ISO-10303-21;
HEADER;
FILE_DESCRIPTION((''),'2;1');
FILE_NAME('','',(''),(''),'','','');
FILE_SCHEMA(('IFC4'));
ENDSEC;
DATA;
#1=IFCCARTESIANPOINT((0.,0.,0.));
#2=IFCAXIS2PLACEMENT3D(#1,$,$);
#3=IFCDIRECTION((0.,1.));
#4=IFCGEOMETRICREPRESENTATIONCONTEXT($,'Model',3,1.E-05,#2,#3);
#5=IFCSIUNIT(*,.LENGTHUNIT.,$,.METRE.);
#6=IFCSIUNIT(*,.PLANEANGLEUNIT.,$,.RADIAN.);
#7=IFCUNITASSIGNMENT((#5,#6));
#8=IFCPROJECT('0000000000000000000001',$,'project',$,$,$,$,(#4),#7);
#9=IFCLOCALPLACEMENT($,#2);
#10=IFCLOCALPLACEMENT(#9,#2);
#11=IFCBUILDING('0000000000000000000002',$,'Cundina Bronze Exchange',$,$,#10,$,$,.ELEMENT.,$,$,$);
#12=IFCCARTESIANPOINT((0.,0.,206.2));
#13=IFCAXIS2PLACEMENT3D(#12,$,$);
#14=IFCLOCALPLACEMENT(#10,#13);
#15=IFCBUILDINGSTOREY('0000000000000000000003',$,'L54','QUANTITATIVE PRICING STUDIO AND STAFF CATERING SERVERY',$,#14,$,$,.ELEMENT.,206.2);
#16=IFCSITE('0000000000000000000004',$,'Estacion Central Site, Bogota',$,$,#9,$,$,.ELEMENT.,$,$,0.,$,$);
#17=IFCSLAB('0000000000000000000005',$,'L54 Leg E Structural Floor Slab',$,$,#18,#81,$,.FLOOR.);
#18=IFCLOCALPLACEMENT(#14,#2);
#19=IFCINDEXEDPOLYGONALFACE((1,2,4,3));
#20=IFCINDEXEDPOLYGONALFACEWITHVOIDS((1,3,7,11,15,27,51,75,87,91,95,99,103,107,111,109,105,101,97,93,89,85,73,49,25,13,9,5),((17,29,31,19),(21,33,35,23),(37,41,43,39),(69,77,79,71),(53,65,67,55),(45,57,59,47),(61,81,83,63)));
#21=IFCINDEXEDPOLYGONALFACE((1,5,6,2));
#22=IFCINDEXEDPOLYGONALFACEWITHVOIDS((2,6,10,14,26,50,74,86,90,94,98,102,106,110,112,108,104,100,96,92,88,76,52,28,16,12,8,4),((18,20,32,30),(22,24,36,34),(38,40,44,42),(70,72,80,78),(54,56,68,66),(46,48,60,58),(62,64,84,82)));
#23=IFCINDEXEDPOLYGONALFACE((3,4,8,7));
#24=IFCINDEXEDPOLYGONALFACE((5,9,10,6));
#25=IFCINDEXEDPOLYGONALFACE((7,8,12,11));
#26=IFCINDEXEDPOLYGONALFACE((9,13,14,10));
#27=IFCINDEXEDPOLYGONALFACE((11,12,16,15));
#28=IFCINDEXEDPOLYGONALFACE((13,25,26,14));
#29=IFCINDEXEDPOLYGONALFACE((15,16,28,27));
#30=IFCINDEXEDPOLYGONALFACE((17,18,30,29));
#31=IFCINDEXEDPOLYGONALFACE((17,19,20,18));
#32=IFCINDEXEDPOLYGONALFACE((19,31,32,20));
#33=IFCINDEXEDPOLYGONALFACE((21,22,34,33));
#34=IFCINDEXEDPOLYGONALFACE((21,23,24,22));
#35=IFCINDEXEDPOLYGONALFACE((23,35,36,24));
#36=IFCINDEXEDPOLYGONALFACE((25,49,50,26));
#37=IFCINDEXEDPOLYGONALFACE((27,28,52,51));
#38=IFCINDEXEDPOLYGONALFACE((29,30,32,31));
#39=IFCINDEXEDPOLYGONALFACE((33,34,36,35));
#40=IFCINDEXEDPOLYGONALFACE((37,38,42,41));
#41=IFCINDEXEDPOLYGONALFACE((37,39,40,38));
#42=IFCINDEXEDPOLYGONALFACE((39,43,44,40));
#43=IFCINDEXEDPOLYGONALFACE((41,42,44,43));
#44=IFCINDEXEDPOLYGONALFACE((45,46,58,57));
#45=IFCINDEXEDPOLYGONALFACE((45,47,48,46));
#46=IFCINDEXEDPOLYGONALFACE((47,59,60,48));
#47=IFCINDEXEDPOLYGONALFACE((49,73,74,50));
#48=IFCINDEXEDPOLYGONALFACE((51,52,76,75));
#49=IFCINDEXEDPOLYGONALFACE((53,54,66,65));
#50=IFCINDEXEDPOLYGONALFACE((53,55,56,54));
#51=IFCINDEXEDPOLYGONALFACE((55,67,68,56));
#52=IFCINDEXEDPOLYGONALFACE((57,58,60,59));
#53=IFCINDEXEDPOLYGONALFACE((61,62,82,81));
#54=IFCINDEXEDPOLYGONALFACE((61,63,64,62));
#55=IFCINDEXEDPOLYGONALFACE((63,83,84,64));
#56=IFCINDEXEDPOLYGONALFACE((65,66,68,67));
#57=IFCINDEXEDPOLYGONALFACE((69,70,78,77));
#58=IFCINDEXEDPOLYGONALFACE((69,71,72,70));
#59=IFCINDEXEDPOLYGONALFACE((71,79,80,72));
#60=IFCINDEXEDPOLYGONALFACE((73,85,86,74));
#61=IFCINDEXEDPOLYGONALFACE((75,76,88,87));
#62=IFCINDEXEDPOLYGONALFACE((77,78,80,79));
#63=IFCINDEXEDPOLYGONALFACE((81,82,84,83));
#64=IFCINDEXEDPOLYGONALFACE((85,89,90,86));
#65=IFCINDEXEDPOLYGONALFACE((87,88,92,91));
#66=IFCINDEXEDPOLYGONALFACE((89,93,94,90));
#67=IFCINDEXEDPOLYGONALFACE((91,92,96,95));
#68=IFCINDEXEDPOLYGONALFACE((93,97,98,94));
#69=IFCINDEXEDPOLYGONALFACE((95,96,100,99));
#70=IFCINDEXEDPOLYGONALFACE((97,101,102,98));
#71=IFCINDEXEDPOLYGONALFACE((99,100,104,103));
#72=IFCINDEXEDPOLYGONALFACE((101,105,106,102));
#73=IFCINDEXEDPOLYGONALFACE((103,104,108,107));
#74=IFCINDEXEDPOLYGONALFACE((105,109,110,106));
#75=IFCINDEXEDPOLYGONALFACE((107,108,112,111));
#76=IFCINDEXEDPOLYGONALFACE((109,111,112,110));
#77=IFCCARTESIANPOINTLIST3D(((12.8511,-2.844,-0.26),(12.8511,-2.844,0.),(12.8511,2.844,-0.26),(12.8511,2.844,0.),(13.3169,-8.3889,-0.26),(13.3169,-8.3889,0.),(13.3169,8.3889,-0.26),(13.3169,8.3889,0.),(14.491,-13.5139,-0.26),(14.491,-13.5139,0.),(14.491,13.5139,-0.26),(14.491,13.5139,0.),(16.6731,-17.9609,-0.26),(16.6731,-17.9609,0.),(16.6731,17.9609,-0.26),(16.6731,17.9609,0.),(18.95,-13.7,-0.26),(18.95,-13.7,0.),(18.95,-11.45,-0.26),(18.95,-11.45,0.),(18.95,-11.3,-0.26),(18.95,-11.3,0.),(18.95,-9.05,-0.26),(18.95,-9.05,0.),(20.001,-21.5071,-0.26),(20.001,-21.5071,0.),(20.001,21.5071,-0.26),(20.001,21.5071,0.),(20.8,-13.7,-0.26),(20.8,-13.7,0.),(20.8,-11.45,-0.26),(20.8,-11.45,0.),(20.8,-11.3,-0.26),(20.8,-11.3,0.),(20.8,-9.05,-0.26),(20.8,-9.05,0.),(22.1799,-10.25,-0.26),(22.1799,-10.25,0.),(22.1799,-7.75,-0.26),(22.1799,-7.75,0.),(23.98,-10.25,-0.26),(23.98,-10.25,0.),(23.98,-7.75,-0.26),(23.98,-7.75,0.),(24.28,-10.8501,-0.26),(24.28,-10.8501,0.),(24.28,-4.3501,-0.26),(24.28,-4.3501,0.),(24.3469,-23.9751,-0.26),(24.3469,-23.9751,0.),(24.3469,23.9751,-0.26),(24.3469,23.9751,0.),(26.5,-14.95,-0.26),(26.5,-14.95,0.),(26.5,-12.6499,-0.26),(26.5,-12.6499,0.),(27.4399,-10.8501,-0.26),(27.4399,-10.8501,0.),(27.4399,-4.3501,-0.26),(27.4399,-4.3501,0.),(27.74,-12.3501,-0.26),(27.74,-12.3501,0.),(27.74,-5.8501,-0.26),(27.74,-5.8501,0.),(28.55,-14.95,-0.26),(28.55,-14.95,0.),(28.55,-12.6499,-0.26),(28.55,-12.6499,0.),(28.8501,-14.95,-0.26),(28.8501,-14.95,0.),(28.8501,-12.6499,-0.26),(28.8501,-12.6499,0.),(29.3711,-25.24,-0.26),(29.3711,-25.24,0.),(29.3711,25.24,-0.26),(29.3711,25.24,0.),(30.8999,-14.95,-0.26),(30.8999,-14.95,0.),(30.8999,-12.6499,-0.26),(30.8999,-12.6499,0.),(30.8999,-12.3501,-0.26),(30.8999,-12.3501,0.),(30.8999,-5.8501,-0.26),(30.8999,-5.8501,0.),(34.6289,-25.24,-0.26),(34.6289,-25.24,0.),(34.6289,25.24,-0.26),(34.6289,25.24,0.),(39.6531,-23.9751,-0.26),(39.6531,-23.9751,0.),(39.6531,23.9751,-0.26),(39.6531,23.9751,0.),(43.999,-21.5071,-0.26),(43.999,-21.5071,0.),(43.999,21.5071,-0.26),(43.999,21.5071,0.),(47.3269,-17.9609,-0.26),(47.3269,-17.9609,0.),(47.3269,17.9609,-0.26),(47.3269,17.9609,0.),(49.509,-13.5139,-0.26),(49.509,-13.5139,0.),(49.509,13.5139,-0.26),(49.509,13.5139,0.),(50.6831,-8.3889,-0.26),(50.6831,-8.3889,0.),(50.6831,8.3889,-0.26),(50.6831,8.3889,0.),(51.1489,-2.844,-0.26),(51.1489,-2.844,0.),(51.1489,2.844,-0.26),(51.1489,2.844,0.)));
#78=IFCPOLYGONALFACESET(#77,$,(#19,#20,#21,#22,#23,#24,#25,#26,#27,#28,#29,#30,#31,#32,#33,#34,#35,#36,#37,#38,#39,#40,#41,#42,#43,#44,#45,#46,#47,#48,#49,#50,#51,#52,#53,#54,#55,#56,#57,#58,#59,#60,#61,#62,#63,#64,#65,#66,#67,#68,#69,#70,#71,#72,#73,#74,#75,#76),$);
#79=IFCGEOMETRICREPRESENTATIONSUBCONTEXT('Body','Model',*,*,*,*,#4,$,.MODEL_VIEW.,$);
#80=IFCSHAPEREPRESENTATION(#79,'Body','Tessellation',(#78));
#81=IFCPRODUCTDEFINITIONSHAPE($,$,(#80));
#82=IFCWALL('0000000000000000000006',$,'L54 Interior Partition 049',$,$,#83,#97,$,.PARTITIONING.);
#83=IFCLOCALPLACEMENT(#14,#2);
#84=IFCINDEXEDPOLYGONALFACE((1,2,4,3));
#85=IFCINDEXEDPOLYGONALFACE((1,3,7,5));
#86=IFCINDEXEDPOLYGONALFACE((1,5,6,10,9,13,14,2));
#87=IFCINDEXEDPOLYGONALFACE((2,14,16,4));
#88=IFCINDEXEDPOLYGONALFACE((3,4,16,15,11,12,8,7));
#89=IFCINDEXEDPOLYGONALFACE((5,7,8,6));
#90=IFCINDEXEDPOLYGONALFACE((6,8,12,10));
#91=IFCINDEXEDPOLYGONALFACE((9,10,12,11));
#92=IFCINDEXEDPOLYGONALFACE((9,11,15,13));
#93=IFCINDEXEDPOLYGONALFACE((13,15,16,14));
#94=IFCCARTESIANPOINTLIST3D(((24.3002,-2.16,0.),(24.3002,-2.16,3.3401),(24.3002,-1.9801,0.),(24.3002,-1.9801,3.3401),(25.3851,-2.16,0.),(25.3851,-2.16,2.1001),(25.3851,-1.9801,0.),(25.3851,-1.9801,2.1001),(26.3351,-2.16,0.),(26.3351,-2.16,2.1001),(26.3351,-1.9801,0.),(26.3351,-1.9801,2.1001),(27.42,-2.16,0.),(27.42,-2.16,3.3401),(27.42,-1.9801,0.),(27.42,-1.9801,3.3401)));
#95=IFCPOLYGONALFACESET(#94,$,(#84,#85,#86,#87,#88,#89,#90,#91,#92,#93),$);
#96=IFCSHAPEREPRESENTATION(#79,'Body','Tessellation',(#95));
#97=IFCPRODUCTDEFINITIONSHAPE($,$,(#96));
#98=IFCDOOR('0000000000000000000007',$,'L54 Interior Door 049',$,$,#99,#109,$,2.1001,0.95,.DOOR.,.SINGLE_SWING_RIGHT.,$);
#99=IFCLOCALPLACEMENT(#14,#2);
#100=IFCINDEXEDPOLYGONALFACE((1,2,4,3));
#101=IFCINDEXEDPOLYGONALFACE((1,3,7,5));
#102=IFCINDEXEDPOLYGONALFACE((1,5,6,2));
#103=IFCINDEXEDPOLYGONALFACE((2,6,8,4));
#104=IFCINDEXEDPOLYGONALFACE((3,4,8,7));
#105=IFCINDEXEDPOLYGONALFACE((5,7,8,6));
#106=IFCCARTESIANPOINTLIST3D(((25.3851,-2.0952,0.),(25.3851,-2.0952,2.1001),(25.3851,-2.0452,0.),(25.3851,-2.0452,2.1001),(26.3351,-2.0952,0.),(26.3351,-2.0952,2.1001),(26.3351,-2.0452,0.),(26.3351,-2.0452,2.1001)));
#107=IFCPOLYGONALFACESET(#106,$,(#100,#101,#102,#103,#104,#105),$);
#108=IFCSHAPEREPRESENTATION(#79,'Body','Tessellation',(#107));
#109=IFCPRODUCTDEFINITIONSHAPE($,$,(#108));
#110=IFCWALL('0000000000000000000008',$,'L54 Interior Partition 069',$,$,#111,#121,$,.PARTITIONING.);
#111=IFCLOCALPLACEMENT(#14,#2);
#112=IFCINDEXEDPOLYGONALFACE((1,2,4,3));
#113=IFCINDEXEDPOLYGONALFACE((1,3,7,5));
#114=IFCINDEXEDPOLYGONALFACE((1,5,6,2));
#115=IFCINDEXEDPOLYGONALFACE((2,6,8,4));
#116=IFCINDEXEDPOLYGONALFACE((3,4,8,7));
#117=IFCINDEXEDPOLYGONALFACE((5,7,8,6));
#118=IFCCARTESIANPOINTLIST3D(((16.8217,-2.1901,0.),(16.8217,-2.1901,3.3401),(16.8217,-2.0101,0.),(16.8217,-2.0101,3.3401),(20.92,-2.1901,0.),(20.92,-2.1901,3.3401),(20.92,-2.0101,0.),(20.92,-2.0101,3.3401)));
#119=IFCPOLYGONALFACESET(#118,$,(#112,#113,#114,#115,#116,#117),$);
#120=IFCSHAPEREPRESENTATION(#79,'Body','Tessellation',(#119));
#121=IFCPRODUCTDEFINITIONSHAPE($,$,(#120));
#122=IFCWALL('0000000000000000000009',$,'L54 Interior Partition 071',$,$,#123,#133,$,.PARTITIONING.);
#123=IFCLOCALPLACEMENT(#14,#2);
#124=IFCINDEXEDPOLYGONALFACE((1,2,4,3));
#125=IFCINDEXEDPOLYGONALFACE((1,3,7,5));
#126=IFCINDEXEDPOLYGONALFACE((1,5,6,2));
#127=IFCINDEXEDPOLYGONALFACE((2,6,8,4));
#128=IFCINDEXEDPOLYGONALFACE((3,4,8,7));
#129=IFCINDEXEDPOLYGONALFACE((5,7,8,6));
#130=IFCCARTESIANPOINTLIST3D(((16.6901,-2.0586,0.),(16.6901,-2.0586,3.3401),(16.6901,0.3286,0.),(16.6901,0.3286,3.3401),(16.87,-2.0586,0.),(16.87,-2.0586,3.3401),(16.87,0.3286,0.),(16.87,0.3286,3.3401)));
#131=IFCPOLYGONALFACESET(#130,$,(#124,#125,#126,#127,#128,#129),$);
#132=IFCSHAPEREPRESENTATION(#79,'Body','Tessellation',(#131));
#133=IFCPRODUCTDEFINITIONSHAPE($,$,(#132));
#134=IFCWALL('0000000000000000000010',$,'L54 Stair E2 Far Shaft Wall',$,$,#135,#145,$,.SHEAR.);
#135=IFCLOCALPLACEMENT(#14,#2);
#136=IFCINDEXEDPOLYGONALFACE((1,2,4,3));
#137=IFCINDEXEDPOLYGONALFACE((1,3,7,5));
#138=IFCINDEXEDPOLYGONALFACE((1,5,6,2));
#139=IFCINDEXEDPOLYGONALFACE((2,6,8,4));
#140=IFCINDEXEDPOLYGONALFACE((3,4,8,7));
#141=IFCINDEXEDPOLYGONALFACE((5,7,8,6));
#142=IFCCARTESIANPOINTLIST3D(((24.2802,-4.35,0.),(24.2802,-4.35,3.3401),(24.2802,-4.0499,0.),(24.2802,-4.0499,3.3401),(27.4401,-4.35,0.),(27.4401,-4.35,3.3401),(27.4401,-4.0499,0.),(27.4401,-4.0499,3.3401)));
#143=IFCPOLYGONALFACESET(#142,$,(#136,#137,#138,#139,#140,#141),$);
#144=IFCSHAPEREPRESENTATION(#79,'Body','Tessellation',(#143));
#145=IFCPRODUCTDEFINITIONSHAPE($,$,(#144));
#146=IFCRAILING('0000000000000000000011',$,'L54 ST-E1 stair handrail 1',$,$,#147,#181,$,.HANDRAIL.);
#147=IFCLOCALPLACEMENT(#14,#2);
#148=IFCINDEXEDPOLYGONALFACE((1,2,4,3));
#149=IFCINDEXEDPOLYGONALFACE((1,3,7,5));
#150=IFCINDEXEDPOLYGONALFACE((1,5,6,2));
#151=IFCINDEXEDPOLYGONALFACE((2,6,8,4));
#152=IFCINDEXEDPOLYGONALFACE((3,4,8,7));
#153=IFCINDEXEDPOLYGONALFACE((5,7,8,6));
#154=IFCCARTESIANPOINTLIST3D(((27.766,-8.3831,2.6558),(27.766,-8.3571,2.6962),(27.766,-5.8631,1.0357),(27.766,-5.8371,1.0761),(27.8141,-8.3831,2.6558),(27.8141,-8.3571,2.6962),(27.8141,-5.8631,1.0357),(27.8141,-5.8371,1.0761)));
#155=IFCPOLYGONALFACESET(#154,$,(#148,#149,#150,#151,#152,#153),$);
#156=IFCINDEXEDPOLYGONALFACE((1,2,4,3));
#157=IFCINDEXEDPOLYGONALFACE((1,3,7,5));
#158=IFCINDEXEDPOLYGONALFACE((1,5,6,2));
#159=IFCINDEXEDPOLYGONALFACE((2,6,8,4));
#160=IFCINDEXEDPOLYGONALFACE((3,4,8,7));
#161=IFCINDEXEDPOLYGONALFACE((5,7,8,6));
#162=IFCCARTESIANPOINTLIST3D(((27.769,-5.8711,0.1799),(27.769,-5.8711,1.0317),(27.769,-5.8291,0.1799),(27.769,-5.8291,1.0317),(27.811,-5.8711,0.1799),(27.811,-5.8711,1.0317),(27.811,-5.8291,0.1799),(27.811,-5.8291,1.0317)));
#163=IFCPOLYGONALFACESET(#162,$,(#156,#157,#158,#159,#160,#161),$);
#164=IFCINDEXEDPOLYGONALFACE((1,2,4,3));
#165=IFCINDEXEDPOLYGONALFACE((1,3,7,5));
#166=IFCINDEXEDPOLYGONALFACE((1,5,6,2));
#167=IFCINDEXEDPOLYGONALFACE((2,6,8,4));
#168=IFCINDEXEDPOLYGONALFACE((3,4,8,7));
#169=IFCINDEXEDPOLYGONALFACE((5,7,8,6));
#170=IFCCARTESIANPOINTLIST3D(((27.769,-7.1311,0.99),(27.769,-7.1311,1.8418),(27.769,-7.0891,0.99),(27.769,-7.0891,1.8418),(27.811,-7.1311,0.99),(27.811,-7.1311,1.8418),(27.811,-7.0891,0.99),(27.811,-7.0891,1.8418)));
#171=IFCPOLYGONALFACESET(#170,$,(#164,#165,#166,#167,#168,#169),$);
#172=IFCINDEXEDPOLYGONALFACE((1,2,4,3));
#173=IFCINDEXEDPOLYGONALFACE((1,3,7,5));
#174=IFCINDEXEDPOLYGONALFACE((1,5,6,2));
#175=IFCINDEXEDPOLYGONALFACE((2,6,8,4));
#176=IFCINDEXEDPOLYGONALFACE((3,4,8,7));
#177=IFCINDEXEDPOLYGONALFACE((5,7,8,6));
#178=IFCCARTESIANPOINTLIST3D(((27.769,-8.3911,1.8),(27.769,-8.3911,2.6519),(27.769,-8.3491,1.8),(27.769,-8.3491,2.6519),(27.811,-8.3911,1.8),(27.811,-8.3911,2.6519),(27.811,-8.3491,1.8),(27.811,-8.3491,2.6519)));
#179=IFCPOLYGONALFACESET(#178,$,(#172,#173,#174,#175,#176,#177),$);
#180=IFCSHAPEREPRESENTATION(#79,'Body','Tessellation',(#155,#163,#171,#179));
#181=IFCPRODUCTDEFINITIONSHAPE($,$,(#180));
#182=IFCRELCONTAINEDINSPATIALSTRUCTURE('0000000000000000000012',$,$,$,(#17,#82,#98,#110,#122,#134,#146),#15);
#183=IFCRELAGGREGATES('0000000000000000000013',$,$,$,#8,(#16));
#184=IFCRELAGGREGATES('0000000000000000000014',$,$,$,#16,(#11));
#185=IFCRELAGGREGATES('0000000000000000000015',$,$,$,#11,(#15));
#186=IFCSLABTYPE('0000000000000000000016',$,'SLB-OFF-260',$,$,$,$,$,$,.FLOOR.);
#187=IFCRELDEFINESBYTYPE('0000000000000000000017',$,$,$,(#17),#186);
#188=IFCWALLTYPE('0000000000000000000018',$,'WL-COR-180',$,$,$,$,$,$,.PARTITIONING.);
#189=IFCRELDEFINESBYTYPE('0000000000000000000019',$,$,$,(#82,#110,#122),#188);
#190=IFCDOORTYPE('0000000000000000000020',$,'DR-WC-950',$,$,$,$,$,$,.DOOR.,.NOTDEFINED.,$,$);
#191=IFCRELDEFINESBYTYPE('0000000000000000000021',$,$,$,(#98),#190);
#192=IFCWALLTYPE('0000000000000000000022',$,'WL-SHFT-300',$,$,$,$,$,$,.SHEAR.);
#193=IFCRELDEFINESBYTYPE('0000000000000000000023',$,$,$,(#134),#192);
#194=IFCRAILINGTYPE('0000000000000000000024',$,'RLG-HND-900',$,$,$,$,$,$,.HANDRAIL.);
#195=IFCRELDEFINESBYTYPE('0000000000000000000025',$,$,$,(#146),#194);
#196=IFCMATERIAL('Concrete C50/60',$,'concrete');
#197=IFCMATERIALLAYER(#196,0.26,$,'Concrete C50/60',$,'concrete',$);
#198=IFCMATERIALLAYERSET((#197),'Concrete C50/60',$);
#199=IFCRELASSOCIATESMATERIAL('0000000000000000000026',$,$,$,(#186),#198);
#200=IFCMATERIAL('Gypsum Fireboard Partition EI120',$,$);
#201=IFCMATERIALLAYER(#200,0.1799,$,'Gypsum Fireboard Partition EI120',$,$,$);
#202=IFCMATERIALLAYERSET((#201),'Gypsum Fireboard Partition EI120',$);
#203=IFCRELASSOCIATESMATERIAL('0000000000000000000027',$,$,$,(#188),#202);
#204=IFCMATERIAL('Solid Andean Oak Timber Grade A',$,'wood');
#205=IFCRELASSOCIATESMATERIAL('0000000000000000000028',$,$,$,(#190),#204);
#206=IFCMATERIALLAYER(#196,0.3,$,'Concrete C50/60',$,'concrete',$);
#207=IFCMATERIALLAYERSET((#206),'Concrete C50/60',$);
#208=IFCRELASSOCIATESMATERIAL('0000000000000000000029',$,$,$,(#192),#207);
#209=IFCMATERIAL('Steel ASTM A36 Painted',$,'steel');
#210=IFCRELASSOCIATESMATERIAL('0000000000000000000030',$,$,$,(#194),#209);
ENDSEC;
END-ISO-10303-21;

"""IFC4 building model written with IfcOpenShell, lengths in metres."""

from ifc_helpers import new_model, si_unit, direction, frame, frame_2d, origin, origin_2d, place, context, subcontext, project, spatial, polyline, rectangle, outline, extrude, material, layer, layer_set, type_object, element, fill, save


model = new_model("IFC4")

# Units and contexts
model_context = context("Model", 3, precision=1e-05, world=origin(), true_north=direction((0.0, 1.0)))
body_context = subcontext(model_context, "Body", "Model", "MODEL_VIEW")
ifc_project = project(units=[si_unit("LENGTHUNIT", "METRE"), si_unit("PLANEANGLEUNIT", "RADIAN")], contexts=[model_context])

# Site, building, storey
site_placement = place(None, origin())
site = spatial("IfcSite", under=ifc_project, at=site_placement, Name="Estacion Central Site, Bogota", CompositionType="ELEMENT", RefElevation=0.0)
building_placement = place(site_placement, origin())
building = spatial("IfcBuilding", under=site, at=building_placement, Name="Cundina Bronze Exchange", CompositionType="ELEMENT")
storey_placement = place(building_placement, frame((0.0, 0.0, 206.2)))
storey = spatial("IfcBuildingStorey", under=building, at=storey_placement, Name="L54", Description="QUANTITATIVE PRICING STUDIO AND STAFF CATERING SERVERY", CompositionType="ELEMENT", Elevation=206.2)

# Shared definitions
ifc_material_1 = material(Name="Concrete C50/60", Category="concrete")

# Slab
ifc_layer_1 = layer(ifc_material_1, 0.26, Name="Concrete C50/60", Category="concrete")
ifc_layer_set_1 = layer_set([ifc_layer_1], Name="Concrete C50/60")
slab_type_1 = type_object("IfcSlabType", Name="SLB-OFF-260", PredefinedType="FLOOR", material=ifc_layer_set_1)
slab_1_placement = place(storey_placement, frame((0.0, 0.0, -0.26)))
element("IfcSlab", 1, at=slab_1_placement, inside=storey, type_object=slab_type_1, Name="L54 Leg E Structural Floor Slab", PredefinedType="FLOOR", context=body_context, shape_type="SweptSolid", body=[
    extrude(outline(polyline([(51.1489, 2.844), (50.6831, 8.3889), (49.509, 13.5139), (47.3269, 17.9609), (43.999, 21.5071), (39.6531, 23.9751), (34.6289, 25.24), (29.3711, 25.24), (24.3469, 23.9751), (20.001, 21.5071), (16.6731, 17.9609), (14.491, 13.5139), (13.3169, 8.3889), (12.8511, 2.844), (12.8511, -2.844), (13.3169, -8.3889), (14.491, -13.5139), (16.6731, -17.9609), (20.001, -21.5071), (24.3469, -23.9751), (29.3711, -25.24), (34.6289, -25.24), (39.6531, -23.9751), (43.999, -21.5071), (47.3269, -17.9609), (49.509, -13.5139), (50.6831, -8.3889), (51.1489, -2.844), (51.1489, 2.844)]), holes=[polyline([(27.74, -5.8501), (27.74, -12.3501), (30.8999, -12.3501), (30.8999, -5.8501), (27.74, -5.8501)]), polyline([(27.4399, -10.8501), (27.4399, -4.3501), (24.28, -4.3501), (24.28, -10.8501), (27.4399, -10.8501)]), polyline([(22.1799, -7.75), (23.98, -7.75), (23.98, -10.25), (22.1799, -10.25), (22.1799, -7.75)]), polyline([(28.8501, -12.6499), (30.8999, -12.6499), (30.8999, -14.95), (28.8501, -14.95), (28.8501, -12.6499)]), polyline([(26.5, -12.6499), (28.55, -12.6499), (28.55, -14.95), (26.5, -14.95), (26.5, -12.6499)]), polyline([(18.95, -11.45), (20.8, -11.45), (20.8, -13.7), (18.95, -13.7), (18.95, -11.45)]), polyline([(18.95, -9.05), (20.8, -9.05), (20.8, -11.3), (18.95, -11.3), (18.95, -9.05)])]), origin(), (0.0, 0.0, 1.0), 0.26),
])

# Wall, opening, door
ifc_material_2 = material(Name="Gypsum Fireboard Partition EI120")
ifc_layer_2 = layer(ifc_material_2, 0.1799, Name="Gypsum Fireboard Partition EI120")
ifc_layer_set_2 = layer_set([ifc_layer_2], Name="Gypsum Fireboard Partition EI120")
wall_type_1 = type_object("IfcWallType", Name="WL-COR-180", PredefinedType="PARTITIONING", material=ifc_layer_set_2)
ifc_material_3 = material(Name="Steel ASTM A36 Painted", Category="steel")
wall_1_placement = place(storey_placement, frame((24.3, -2.0701, 0.0), z_axis=(0.0, 0.0, 1.0), x_axis=(1.0, 0.0, 0.0)))
wall_1 = element("IfcWall", 2, at=wall_1_placement, inside=storey, type_object=wall_type_1, Name="L54 Interior Partition 049", PredefinedType="PARTITIONING", context=body_context, shape_type="SweptSolid", body=[
    extrude(rectangle(XDim=3.1199, YDim=0.1799, at=frame_2d((1.5601, 0.0))), origin(), (0.0, 0.0, 1.0), 3.3401),
])
opening_1_placement = place(wall_1_placement, frame((1.085, 0.0, 0.0)))
opening_1 = element("IfcOpeningElement", 3, at=opening_1_placement, cuts=wall_1, PredefinedType="OPENING", context=body_context, shape_type="SweptSolid", body=[
    extrude(rectangle(XDim=0.95, YDim=2.1001, at=frame_2d((0.4751, 1.05))), frame((0.0, 0.0999, 0.0), z_axis=(0.0, -1.0, 0.0), x_axis=(1.0, 0.0, 0.0)), (0.0, 0.0, 1.0), 0.2),
])
ifc_material_4 = material(Name="Solid Andean Oak Timber Grade A", Category="wood")
door_type_1 = type_object("IfcDoorType", Name="DR-WC-950", OperationType="NOTDEFINED", PredefinedType="DOOR", material=ifc_material_4)
door_1_placement = place(opening_1_placement, origin())
door_1 = element("IfcDoor", 4, at=door_1_placement, inside=storey, type_object=door_type_1, Name="L54 Interior Door 049", OperationType="SINGLE_SWING_RIGHT", OverallHeight=2.1001, OverallWidth=0.95, PredefinedType="DOOR", context=body_context, shape_type="SweptSolid", body=[
    extrude(rectangle(XDim=0.95, YDim=2.1001, at=frame_2d((0.4751, 1.05))), frame((0.0, 0.0249, 0.0), z_axis=(0.0, -1.0, 0.0), x_axis=(1.0, 0.0, 0.0)), (0.0, 0.0, 1.0), 0.05),
])
fill(opening_1, door_1)

# Walls
wall_2_placement = place(storey_placement, frame((16.8215, -2.1001, 0.0), z_axis=(0.0, 0.0, 1.0), x_axis=(1.0, 0.0, 0.0)))
element("IfcWall", 5, at=wall_2_placement, inside=storey, type_object=wall_type_1, Name="L54 Interior Partition 069", PredefinedType="PARTITIONING", context=body_context, shape_type="SweptSolid", body=[
    extrude(rectangle(XDim=4.0984, YDim=0.1799, at=frame_2d((2.0493, 0.0))), origin(), (0.0, 0.0, 1.0), 3.3401),
])
wall_3_placement = place(storey_placement, frame((16.78, 0.3286, 0.0), z_axis=(0.0, 0.0, 1.0), x_axis=(0.0, -1.0, 0.0)))
element("IfcWall", 6, at=wall_3_placement, inside=storey, type_object=wall_type_1, Name="L54 Interior Partition 071", PredefinedType="PARTITIONING", context=body_context, shape_type="SweptSolid", body=[
    extrude(rectangle(XDim=2.3872, YDim=0.1799, at=frame_2d((1.1936, 0.0))), origin(), (0.0, 0.0, 1.0), 3.3401),
])

# Shared definitions
ifc_layer_3 = layer(ifc_material_1, 0.3, Name="Concrete C50/60", Category="concrete")
ifc_layer_set_3 = layer_set([ifc_layer_3], Name="Concrete C50/60")
wall_type_2 = type_object("IfcWallType", Name="WL-SHFT-300", PredefinedType="SHEAR", material=ifc_layer_set_3)

# Wall
wall_4_placement = place(storey_placement, frame((24.28, -4.2, 0.0), z_axis=(0.0, 0.0, 1.0), x_axis=(1.0, 0.0, 0.0)))
element("IfcWall", 7, at=wall_4_placement, inside=storey, type_object=wall_type_2, Name="L54 Stair E2 Far Shaft Wall", PredefinedType="SHEAR", context=body_context, shape_type="SweptSolid", body=[
    extrude(rectangle(XDim=3.1599, YDim=0.3, at=frame_2d((1.5801, 0.0))), origin(), (0.0, 0.0, 1.0), 3.3401),
])

# Railing
railing_type = type_object("IfcRailingType", Name="RLG-HND-900", PredefinedType="HANDRAIL", material=ifc_material_3)
railing_placement = place(storey_placement, frame((27.79, -5.8501, 0.1799)))
element("IfcRailing", 8, at=railing_placement, inside=storey, type_object=railing_type, Name="L54 ST-E1 stair handrail 1", PredefinedType="HANDRAIL", context=body_context, shape_type="SweptSolid", body=[
    extrude(rectangle(XDim=0.0481, YDim=0.0481, at=origin_2d()), frame((0.0, 0.0, 0.876), z_axis=(0.0, -0.841163, 0.540782), x_axis=(1.0, 0.0, 0.0)), (0.0, 0.0, 1.0), 2.9958),
    extrude(rectangle(XDim=0.042, YDim=0.042, at=origin_2d()), origin(), (0.0, 0.0, 1.0), 0.8518),
    extrude(rectangle(XDim=0.042, YDim=0.042, at=origin_2d()), frame((0.0, -1.26, 0.8101)), (0.0, 0.0, 1.0), 0.8518),
    extrude(rectangle(XDim=0.042, YDim=0.042, at=origin_2d()), frame((0.0, -2.52, 1.6201)), (0.0, 0.0, 1.0), 0.8518),
])

save(model, "model.ifc")
